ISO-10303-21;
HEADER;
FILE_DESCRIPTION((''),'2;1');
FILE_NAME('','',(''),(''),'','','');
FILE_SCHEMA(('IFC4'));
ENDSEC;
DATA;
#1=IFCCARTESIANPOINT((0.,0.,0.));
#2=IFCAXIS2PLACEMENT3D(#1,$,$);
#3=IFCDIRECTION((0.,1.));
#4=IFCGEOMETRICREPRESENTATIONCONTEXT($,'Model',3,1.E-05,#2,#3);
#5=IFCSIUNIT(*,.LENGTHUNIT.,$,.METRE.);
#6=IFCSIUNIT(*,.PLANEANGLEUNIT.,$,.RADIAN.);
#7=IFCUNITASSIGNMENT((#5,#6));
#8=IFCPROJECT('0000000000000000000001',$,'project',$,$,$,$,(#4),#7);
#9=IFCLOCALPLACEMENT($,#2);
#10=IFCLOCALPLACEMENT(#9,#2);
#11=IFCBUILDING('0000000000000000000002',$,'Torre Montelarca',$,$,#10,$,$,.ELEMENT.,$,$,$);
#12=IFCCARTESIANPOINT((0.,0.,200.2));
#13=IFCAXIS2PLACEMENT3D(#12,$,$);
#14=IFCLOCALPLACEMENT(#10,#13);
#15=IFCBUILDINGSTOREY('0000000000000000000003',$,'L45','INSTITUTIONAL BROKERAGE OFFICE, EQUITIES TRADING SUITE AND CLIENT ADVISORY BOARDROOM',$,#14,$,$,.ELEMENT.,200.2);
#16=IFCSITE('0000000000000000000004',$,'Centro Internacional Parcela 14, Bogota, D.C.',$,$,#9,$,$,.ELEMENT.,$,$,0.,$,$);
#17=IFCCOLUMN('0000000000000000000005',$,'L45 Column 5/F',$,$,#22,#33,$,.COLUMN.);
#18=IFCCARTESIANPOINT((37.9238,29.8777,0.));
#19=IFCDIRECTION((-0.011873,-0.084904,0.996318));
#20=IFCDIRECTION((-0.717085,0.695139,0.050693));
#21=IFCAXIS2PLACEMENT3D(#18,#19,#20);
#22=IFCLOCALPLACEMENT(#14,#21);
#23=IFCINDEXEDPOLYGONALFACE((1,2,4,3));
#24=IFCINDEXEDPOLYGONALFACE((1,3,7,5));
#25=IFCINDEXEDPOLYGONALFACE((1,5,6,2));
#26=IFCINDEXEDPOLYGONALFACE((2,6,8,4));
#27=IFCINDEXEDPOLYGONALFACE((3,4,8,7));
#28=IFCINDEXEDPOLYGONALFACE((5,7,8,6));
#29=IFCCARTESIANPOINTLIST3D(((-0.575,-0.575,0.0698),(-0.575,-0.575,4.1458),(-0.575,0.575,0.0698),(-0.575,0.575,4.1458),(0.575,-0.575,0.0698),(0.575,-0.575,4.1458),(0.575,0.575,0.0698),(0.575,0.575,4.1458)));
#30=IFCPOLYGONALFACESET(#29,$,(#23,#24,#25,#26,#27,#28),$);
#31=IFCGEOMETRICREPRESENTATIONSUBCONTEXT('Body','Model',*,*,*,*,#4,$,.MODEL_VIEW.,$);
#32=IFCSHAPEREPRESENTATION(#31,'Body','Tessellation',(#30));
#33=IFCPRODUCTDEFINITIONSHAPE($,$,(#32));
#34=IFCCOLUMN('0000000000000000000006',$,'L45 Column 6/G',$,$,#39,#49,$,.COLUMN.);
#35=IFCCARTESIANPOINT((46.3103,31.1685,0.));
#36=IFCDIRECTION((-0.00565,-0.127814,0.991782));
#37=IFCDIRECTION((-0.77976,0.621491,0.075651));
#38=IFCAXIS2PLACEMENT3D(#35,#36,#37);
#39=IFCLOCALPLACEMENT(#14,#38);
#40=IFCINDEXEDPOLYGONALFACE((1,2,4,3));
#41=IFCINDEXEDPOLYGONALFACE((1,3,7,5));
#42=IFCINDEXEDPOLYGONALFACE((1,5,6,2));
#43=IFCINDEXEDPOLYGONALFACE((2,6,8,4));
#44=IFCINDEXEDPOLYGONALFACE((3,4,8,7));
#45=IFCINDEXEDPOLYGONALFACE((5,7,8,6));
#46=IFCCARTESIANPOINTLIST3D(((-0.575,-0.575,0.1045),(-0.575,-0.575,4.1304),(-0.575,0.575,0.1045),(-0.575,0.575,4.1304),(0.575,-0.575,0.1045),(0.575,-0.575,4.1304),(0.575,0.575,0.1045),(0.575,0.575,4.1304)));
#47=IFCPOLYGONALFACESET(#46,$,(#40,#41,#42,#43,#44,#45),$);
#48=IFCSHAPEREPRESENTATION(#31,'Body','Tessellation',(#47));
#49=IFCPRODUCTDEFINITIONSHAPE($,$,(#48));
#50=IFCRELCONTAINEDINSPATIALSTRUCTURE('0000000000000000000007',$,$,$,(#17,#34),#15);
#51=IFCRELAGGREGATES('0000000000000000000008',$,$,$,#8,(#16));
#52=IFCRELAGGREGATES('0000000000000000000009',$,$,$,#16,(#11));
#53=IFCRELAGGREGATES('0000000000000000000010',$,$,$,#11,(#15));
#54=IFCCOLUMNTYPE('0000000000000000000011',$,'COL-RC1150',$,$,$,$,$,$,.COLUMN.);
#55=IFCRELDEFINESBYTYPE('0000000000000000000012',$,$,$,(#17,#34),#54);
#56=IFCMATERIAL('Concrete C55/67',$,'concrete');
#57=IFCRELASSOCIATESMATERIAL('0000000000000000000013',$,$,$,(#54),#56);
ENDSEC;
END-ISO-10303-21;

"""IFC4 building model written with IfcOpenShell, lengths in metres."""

from ifc_helpers import new_model, si_unit, direction, frame, origin, origin_2d, place, context, subcontext, project, spatial, rectangle, extrude, clip, halfspace, material, material_profile, profile_set, type_object, element, save


model = new_model("IFC4")

# Units and contexts
model_context = context("Model", 3, precision=1e-05, world=origin(), true_north=direction((0.0, 1.0)))
body_context = subcontext(model_context, "Body", "Model", "MODEL_VIEW")
ifc_project = project(units=[si_unit("LENGTHUNIT", "METRE"), si_unit("PLANEANGLEUNIT", "RADIAN")], contexts=[model_context])

# Site, building, storey
site_placement = place(None, origin())
site = spatial("IfcSite", under=ifc_project, at=site_placement, Name="Centro Internacional Parcela 14, Bogota, D.C.", CompositionType="ELEMENT", RefElevation=0.0)
building_placement = place(site_placement, origin())
building = spatial("IfcBuilding", under=site, at=building_placement, Name="Torre Montelarca", CompositionType="ELEMENT")
storey_placement = place(building_placement, frame((0.0, 0.0, 200.2)))
storey = spatial("IfcBuildingStorey", under=building, at=storey_placement, Name="L45", Description="INSTITUTIONAL BROKERAGE OFFICE, EQUITIES TRADING SUITE AND CLIENT ADVISORY BOARDROOM", CompositionType="ELEMENT", Elevation=200.2)

# Columns
ifc_material_1 = material(Name="Concrete C55/67", Category="concrete")
ifc_material_profile_1 = material_profile(ifc_material_1, rectangle(XDim=1.1499, YDim=1.1499, at=origin_2d()), Name="RC1150X1150", Category="concrete")
ifc_profile_set_1 = profile_set([ifc_material_profile_1], Name="Concrete C55/67")
column_type_1 = type_object("IfcColumnType", Name="COL-RC1150", PredefinedType="COLUMN", material=ifc_profile_set_1)
column_1_placement = place(storey_placement, frame((37.9238, 29.8777, 0.0), z_axis=(-0.011873, -0.084904, 0.996318), x_axis=(-0.717085, 0.695139, 0.050693)))
element("IfcColumn", 1, at=column_1_placement, inside=storey, type_object=column_type_1, Name="L45 Column 5/F", PredefinedType="COLUMN", context=body_context, shape_type="Clipping", body=[
    clip(clip(extrude(rectangle(XDim=1.1499, YDim=1.1499, at=origin_2d()), origin(), (0.0, 0.0, 1.0), 4.2156), halfspace(frame((0.0, 0.0, 0.0698), z_axis=(0.0, 0.0, -1.0), x_axis=(1.0, 0.0, 0.0)), False)), halfspace(frame((0.0, 0.0, 4.1458), z_axis=(0.0, 0.0, 1.0), x_axis=(1.0, 0.0, 0.0)), False)),
])
column_2_placement = place(storey_placement, frame((46.3103, 31.1685, 0.0), z_axis=(-0.00565, -0.127814, 0.991782), x_axis=(-0.77976, 0.621491, 0.075651)))
element("IfcColumn", 2, at=column_2_placement, inside=storey, type_object=column_type_1, Name="L45 Column 6/G", PredefinedType="COLUMN", context=body_context, shape_type="Clipping", body=[
    clip(clip(extrude(rectangle(XDim=1.1499, YDim=1.1499, at=origin_2d()), origin(), (0.0, 0.0, 1.0), 4.2349), halfspace(frame((0.0, 0.0, 0.1045), z_axis=(0.0, 0.0, -1.0), x_axis=(1.0, 0.0, 0.0)), False)), halfspace(frame((0.0, 0.0, 4.1304), z_axis=(0.0, 0.0, 1.0), x_axis=(1.0, 0.0, 0.0)), False)),
])

save(model, "model.ifc")
